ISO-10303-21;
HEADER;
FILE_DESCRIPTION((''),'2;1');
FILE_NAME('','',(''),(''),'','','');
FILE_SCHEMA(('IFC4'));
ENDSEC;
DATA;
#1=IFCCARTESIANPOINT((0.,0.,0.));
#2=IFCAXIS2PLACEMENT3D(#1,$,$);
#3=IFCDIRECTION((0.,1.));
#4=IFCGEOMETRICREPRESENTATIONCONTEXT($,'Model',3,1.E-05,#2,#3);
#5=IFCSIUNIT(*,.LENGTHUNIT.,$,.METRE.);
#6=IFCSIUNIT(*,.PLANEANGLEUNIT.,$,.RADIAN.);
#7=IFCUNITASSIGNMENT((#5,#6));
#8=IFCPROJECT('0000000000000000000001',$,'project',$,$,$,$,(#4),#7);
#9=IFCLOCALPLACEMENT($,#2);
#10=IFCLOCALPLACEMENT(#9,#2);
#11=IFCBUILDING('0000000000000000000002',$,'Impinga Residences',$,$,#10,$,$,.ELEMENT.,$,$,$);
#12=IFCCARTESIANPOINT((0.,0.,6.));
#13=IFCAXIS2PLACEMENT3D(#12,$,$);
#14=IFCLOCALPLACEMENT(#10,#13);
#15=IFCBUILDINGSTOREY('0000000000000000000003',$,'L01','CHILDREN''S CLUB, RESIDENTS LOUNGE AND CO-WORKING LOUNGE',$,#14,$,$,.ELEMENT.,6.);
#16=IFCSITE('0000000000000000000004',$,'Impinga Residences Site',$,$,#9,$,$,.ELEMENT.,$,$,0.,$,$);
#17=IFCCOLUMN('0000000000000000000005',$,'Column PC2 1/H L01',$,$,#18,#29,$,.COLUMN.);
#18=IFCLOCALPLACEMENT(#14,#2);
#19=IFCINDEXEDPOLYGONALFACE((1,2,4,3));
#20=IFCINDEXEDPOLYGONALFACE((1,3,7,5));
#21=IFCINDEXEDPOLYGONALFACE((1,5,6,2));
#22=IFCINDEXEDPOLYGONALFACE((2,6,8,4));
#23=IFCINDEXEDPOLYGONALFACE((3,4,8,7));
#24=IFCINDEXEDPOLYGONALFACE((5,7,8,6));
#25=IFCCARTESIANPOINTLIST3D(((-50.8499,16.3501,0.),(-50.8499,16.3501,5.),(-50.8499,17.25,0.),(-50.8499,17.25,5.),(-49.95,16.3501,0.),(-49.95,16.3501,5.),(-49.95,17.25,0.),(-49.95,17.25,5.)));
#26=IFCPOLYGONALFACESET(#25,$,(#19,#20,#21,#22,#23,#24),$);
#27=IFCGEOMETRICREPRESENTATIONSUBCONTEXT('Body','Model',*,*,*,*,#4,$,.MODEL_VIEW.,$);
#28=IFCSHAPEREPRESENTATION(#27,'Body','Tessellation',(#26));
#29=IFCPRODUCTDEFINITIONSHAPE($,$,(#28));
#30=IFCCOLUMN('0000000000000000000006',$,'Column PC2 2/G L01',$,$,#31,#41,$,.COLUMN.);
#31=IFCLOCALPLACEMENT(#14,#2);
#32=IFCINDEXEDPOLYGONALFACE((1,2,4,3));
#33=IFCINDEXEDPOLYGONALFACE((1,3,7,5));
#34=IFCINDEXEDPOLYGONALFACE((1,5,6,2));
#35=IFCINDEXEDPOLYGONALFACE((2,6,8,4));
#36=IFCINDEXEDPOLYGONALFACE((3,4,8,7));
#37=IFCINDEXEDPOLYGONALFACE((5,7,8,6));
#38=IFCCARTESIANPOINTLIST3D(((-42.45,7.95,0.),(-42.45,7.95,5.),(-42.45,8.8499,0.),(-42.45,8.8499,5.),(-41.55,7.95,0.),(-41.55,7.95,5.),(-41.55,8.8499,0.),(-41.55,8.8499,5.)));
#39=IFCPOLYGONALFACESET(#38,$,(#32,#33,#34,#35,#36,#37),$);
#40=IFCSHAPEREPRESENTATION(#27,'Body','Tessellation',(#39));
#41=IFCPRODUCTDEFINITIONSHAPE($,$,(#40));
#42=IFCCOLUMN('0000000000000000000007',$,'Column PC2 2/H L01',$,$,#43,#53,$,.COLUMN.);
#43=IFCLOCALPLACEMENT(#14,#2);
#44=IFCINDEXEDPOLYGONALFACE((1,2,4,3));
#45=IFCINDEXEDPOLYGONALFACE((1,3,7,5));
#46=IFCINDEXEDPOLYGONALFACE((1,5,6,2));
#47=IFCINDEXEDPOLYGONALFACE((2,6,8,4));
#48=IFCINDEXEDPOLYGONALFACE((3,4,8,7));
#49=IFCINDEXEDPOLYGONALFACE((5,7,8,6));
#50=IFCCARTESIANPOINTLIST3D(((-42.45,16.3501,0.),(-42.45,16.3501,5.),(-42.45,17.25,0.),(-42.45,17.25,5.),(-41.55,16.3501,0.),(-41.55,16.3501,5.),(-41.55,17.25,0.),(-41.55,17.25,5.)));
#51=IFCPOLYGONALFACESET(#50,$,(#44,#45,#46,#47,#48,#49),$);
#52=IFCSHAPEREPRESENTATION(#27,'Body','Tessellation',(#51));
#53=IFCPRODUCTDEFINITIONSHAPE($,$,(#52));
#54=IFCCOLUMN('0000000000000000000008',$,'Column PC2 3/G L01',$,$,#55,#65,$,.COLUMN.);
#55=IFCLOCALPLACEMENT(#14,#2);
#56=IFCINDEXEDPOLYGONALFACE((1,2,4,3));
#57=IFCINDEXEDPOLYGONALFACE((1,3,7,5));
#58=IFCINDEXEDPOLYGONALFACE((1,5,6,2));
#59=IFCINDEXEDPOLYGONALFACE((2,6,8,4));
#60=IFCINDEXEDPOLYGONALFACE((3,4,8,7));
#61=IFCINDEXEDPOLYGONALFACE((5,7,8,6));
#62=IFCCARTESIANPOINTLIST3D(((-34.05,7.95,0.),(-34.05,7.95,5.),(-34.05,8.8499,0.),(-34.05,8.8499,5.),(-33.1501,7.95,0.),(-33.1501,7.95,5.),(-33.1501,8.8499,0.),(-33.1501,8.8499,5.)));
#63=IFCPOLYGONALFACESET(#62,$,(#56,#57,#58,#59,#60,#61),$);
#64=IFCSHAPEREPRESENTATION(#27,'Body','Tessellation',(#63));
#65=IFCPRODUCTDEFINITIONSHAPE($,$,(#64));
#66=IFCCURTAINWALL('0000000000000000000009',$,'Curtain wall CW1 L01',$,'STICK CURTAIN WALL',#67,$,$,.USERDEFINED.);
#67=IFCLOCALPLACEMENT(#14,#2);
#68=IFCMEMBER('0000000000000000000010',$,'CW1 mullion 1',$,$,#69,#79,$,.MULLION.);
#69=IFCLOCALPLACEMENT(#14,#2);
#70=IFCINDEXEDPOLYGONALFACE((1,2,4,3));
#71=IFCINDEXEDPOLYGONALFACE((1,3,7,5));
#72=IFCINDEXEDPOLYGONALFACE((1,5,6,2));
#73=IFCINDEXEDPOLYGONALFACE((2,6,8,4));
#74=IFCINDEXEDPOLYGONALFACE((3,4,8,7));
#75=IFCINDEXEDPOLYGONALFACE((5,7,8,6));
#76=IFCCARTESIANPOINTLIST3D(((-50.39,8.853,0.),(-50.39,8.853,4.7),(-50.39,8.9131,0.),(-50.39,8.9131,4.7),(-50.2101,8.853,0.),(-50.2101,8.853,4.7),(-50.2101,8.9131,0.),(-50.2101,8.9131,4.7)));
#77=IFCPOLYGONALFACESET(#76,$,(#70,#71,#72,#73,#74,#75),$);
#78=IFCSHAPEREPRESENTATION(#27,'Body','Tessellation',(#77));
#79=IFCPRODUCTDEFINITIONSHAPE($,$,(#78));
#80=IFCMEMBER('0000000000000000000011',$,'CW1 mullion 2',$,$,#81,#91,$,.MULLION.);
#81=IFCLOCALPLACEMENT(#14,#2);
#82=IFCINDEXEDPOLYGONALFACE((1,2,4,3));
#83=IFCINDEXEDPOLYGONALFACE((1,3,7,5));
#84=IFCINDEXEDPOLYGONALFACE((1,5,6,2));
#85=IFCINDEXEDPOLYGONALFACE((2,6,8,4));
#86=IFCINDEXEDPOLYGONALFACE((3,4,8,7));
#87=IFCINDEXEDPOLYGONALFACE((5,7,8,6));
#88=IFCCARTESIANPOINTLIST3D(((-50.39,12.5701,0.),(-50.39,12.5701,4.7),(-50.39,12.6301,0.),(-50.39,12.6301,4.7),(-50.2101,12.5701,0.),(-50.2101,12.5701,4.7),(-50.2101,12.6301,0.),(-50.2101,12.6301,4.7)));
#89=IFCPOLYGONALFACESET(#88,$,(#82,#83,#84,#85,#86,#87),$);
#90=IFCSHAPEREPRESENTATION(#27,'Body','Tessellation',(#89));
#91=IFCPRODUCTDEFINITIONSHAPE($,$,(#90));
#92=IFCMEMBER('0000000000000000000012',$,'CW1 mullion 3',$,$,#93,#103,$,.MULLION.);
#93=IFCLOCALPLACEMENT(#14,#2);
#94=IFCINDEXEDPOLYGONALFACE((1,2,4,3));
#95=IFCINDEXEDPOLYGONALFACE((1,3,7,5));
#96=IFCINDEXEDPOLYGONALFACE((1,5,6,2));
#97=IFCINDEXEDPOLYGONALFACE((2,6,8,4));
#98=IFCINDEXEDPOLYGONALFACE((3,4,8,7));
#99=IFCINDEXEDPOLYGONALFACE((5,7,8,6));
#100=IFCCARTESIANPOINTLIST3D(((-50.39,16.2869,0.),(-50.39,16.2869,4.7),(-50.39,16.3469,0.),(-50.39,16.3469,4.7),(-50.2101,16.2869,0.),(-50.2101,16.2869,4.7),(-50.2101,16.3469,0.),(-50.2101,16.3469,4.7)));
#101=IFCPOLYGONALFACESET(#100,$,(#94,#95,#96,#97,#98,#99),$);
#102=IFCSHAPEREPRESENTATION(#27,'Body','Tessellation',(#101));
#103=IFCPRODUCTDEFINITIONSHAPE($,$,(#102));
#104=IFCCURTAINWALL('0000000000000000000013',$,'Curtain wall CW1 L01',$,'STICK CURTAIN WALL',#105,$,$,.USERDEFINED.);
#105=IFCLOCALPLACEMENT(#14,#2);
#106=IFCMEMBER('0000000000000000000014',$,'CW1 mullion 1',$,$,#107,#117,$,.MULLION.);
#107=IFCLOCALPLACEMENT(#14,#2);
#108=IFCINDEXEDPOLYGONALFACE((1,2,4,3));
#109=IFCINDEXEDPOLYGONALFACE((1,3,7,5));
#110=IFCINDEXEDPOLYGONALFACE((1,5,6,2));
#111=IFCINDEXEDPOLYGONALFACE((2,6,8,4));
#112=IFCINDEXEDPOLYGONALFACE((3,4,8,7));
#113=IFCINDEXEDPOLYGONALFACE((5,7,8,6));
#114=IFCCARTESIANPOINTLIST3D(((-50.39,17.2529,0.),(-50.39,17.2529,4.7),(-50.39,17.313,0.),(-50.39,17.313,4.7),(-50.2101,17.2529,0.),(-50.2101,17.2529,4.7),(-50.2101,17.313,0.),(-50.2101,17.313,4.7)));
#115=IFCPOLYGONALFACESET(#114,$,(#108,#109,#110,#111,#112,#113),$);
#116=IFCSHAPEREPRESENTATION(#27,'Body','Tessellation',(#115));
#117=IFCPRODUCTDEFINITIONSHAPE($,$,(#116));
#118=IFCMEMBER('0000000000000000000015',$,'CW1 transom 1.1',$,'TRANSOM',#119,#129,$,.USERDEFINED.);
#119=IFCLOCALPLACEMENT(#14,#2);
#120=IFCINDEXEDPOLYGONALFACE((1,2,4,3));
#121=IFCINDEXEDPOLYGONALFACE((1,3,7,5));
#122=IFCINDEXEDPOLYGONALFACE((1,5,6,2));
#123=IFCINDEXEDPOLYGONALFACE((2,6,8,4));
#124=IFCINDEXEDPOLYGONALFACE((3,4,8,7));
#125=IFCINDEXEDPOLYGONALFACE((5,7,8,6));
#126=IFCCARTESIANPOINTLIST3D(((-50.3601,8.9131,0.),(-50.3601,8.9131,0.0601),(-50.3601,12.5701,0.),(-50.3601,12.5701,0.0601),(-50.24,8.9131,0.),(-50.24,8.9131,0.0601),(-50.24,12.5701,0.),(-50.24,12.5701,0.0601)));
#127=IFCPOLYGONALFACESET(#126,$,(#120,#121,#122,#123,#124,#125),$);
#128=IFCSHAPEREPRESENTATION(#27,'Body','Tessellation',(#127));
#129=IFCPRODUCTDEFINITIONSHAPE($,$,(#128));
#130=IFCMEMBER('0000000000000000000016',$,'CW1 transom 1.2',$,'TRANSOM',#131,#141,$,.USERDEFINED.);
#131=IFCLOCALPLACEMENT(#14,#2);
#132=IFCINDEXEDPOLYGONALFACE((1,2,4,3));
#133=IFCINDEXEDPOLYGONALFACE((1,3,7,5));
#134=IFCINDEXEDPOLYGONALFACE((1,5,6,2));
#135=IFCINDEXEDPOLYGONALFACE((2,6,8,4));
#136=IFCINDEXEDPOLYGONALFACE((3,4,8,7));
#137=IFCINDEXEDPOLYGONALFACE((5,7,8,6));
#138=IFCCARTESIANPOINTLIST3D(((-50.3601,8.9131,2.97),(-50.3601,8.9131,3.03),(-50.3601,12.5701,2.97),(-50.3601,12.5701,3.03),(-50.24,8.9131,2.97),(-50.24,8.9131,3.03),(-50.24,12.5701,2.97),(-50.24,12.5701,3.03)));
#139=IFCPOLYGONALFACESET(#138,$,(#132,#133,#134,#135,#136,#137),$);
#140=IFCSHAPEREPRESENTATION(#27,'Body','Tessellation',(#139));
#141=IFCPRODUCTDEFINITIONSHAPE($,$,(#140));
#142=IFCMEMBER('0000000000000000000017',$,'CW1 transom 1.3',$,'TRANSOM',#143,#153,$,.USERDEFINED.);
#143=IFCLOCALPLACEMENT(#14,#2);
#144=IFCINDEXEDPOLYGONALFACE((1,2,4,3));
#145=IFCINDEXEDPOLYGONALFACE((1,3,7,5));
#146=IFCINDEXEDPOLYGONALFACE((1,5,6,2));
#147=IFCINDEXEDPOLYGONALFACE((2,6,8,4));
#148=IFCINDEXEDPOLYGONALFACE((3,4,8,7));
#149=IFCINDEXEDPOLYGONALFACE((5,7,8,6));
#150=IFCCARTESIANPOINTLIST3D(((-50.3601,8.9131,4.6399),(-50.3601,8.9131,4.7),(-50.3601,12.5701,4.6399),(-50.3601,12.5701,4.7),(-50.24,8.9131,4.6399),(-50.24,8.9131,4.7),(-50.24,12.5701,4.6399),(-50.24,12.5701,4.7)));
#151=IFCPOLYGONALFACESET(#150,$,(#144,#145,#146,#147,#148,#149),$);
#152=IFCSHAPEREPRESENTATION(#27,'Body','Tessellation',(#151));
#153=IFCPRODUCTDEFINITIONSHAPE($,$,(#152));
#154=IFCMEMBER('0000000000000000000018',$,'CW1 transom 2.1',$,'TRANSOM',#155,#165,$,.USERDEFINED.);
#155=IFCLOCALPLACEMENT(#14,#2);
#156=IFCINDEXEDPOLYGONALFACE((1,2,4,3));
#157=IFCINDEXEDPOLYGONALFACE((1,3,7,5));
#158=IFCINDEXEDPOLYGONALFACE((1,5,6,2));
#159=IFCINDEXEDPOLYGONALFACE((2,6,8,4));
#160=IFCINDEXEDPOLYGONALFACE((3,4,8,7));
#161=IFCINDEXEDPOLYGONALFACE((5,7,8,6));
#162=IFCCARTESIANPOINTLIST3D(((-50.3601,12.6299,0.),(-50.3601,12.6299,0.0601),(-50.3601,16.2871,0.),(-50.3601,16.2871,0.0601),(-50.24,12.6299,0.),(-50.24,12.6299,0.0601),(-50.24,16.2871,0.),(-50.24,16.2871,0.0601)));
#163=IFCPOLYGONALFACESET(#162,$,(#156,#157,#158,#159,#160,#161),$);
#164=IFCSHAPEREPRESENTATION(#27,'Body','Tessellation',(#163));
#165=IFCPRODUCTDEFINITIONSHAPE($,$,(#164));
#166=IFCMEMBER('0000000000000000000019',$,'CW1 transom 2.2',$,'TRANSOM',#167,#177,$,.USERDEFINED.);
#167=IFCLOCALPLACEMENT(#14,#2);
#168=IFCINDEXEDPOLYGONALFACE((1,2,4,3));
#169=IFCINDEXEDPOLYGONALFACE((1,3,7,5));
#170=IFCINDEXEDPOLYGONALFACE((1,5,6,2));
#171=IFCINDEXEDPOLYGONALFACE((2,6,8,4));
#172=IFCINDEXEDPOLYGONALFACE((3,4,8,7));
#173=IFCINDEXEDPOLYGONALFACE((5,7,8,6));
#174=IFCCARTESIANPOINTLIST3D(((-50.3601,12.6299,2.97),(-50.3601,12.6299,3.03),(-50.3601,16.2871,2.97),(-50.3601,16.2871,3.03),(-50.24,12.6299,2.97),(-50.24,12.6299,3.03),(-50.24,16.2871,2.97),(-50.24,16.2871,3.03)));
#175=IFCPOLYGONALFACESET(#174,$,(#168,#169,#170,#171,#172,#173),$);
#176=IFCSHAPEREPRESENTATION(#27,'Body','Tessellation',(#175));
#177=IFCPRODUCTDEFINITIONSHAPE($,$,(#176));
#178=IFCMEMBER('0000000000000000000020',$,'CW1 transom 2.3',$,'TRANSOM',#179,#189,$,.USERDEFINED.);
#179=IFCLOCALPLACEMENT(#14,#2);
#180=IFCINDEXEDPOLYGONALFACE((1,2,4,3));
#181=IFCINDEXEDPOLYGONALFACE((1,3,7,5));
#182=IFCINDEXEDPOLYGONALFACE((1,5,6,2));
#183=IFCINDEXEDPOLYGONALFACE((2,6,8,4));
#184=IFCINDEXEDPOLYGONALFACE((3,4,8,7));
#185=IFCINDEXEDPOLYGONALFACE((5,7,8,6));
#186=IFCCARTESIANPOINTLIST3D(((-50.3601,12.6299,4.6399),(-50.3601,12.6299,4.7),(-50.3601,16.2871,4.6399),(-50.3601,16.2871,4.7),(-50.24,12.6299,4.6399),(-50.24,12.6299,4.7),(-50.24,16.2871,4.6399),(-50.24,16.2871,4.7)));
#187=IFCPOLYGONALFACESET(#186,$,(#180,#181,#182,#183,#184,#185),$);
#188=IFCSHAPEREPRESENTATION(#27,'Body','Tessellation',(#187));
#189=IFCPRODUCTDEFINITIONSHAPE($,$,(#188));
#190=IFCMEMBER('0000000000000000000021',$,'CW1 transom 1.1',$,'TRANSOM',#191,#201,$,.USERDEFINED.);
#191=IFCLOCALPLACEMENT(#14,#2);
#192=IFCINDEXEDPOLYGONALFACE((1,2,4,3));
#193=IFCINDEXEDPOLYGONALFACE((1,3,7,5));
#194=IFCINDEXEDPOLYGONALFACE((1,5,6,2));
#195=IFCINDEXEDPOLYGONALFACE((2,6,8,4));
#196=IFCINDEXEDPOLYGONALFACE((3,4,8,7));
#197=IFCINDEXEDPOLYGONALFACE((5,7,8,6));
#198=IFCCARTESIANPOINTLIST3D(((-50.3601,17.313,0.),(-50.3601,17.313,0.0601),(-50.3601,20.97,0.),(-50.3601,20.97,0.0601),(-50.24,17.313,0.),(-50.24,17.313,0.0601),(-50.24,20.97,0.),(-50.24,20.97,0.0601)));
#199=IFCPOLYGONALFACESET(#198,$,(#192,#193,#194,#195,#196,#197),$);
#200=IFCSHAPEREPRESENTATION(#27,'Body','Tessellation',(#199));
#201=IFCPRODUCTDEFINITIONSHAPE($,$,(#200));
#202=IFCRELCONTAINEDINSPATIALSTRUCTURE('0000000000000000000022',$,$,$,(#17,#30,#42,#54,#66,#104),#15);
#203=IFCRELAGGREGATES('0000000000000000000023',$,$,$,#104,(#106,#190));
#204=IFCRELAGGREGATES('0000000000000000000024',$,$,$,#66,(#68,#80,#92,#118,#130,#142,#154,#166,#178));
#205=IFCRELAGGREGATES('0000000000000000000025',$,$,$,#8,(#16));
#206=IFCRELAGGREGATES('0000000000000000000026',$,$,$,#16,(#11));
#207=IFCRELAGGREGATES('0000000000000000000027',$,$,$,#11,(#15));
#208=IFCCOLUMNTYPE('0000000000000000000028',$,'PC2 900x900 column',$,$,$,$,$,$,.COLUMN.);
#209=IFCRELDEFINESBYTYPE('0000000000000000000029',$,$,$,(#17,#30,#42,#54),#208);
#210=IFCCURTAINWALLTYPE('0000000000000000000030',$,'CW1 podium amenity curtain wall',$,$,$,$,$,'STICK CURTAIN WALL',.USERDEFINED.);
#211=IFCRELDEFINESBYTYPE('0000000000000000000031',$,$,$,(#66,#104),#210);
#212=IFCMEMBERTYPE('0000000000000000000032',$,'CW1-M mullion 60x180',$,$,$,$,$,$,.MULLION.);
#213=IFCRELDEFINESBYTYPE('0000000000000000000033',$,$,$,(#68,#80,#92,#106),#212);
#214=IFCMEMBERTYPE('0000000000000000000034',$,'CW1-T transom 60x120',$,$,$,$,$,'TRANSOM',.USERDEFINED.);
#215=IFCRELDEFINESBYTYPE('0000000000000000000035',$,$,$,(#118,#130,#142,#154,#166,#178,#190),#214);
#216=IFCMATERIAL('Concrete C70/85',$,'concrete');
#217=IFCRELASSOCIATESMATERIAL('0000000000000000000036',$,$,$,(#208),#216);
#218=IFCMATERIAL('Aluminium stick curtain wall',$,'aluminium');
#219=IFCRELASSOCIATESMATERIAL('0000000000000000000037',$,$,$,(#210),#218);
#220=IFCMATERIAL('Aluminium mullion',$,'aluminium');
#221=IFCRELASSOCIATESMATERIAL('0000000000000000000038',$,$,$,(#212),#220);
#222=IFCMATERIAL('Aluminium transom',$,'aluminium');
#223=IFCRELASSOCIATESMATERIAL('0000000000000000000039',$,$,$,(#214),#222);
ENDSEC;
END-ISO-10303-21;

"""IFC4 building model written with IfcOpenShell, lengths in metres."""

from ifc_helpers import new_model, si_unit, direction, frame, origin, origin_2d, place, context, subcontext, project, spatial, rectangle, extrude, material, material_profile, profile_set, type_object, element, aggregate, save


model = new_model("IFC4")

# Units and contexts
model_context = context("Model", 3, precision=1e-05, world=origin(), true_north=direction((0.0, 1.0)))
body_context = subcontext(model_context, "Body", "Model", "MODEL_VIEW")
ifc_project = project(units=[si_unit("LENGTHUNIT", "METRE"), si_unit("PLANEANGLEUNIT", "RADIAN")], contexts=[model_context])

# Site, building, storey
site_placement = place(None, origin())
site = spatial("IfcSite", under=ifc_project, at=site_placement, Name="Impinga Residences Site", CompositionType="ELEMENT", RefElevation=0.0)
building_placement = place(site_placement, origin())
building = spatial("IfcBuilding", under=site, at=building_placement, Name="Impinga Residences", CompositionType="ELEMENT")
storey_placement = place(building_placement, frame((0.0, 0.0, 6.0)))
storey = spatial("IfcBuildingStorey", under=building, at=storey_placement, Name="L01", Description="CHILDREN'S CLUB, RESIDENTS LOUNGE AND CO-WORKING LOUNGE", CompositionType="ELEMENT", Elevation=6.0)

# Columns
ifc_material_1 = material(Name="Concrete C70/85", Category="concrete")
ifc_material_profile_1 = material_profile(ifc_material_1, rectangle(XDim=0.8999, YDim=0.8999, at=origin_2d()), Name="RC 900x900")
ifc_profile_set_1 = profile_set([ifc_material_profile_1], Name="Concrete C70/85")
column_type = type_object("IfcColumnType", Name="PC2 900x900 column", PredefinedType="COLUMN", material=ifc_profile_set_1)
for number, where, z_axis, x_axis, name in (
    (1, (-50.3999, 16.8, 0.0), (0.0, 0.0, 1.0), (1.0, 0.0, 0.0), "Column PC2 1/H L01"),
    (2, (-42.0, 8.3999, 0.0), (0.0, 0.0, 1.0), (1.0, 0.0, 0.0), "Column PC2 2/G L01"),
    (3, (-42.0, 16.8, 0.0), (0.0, 0.0, 1.0), (1.0, 0.0, 0.0), "Column PC2 2/H L01"),
    (4, (-33.6001, 8.3999, 0.0), (0.0, 0.0, 1.0), (1.0, 0.0, 0.0), "Column PC2 3/G L01"),
):
    element("IfcColumn", number, at=place(storey_placement, frame(where, z_axis=z_axis, x_axis=x_axis)), inside=storey, type_object=column_type, Name=name, PredefinedType="COLUMN", context=body_context, shape_type="SweptSolid", body=[
        extrude(rectangle(XDim=0.8999, YDim=0.8999, at=origin_2d()), origin(), (0.0, 0.0, 1.0), 5.0),
    ])

# Curtain wall, members
ifc_material_2 = material(Name="Aluminium stick curtain wall", Category="aluminium")
curtain_wall_type = type_object("IfcCurtainWallType", Name="CW1 podium amenity curtain wall", ElementType="STICK CURTAIN WALL", PredefinedType="USERDEFINED", material=ifc_material_2)
curtain_wall_1_placement = place(storey_placement, origin())
curtain_wall_1 = element("IfcCurtainWall", 5, at=curtain_wall_1_placement, inside=storey, type_object=curtain_wall_type, Name="Curtain wall CW1 L01", ObjectType="STICK CURTAIN WALL", PredefinedType="USERDEFINED")
ifc_material_3 = material(Name="Aluminium mullion", Category="aluminium")
ifc_material_profile_2 = material_profile(ifc_material_3, rectangle(XDim=0.0601, YDim=0.1799, at=origin_2d()), Name="60x180 mullion")
ifc_profile_set_2 = profile_set([ifc_material_profile_2], Name="Aluminium mullion")
member_type_1 = type_object("IfcMemberType", Name="CW1-M mullion 60x180", PredefinedType="MULLION", material=ifc_profile_set_2)
member_1_placement = place(storey_placement, frame((-50.3, 8.8831, 0.0), z_axis=(0.0, 0.0, 1.0), x_axis=(0.0, 1.0, 0.0)))
member_1 = element("IfcMember", 6, at=member_1_placement, type_object=member_type_1, Name="CW1 mullion 1", PredefinedType="MULLION", context=body_context, shape_type="SweptSolid", body=[
    extrude(rectangle(XDim=0.0601, YDim=0.1799, at=origin_2d()), origin(), (0.0, 0.0, 1.0), 4.7),
])
member_2_placement = place(storey_placement, frame((-50.3, 12.6001, 0.0), z_axis=(0.0, 0.0, 1.0), x_axis=(0.0, 1.0, 0.0)))
member_2 = element("IfcMember", 7, at=member_2_placement, type_object=member_type_1, Name="CW1 mullion 2", PredefinedType="MULLION", context=body_context, shape_type="SweptSolid", body=[
    extrude(rectangle(XDim=0.0601, YDim=0.1799, at=origin_2d()), origin(), (0.0, 0.0, 1.0), 4.7),
])
member_3_placement = place(storey_placement, frame((-50.3, 16.3169, 0.0), z_axis=(0.0, 0.0, 1.0), x_axis=(0.0, 1.0, 0.0)))
member_3 = element("IfcMember", 8, at=member_3_placement, type_object=member_type_1, Name="CW1 mullion 3", PredefinedType="MULLION", context=body_context, shape_type="SweptSolid", body=[
    extrude(rectangle(XDim=0.0601, YDim=0.1799, at=origin_2d()), origin(), (0.0, 0.0, 1.0), 4.7),
])

# Curtain wall, member
curtain_wall_2_placement = place(storey_placement, origin())
curtain_wall_2 = element("IfcCurtainWall", 9, at=curtain_wall_2_placement, inside=storey, type_object=curtain_wall_type, Name="Curtain wall CW1 L01", ObjectType="STICK CURTAIN WALL", PredefinedType="USERDEFINED")
member_4_placement = place(storey_placement, frame((-50.3, 17.283, 0.0), z_axis=(0.0, 0.0, 1.0), x_axis=(0.0, 1.0, 0.0)))
member_4 = element("IfcMember", 10, at=member_4_placement, type_object=member_type_1, Name="CW1 mullion 1", PredefinedType="MULLION", context=body_context, shape_type="SweptSolid", body=[
    extrude(rectangle(XDim=0.0601, YDim=0.1799, at=origin_2d()), origin(), (0.0, 0.0, 1.0), 4.7),
])

# Members
ifc_material_4 = material(Name="Aluminium transom", Category="aluminium")
ifc_material_profile_3 = material_profile(ifc_material_4, rectangle(XDim=0.0601, YDim=0.1201, at=origin_2d()), Name="60x120 transom")
ifc_profile_set_3 = profile_set([ifc_material_profile_3], Name="Aluminium transom")
member_type_2 = type_object("IfcMemberType", Name="CW1-T transom 60x120", ElementType="TRANSOM", PredefinedType="USERDEFINED", material=ifc_profile_set_3)
member_5_placement = place(storey_placement, frame((-50.3, 8.9131, 0.03), z_axis=(0.0, 1.0, 0.0), x_axis=(0.0, 0.0, 1.0)))
member_5 = element("IfcMember", 11, at=member_5_placement, type_object=member_type_2, Name="CW1 transom 1.1", ObjectType="TRANSOM", PredefinedType="USERDEFINED", context=body_context, shape_type="SweptSolid", body=[
    extrude(rectangle(XDim=0.0601, YDim=0.1201, at=origin_2d()), origin(), (0.0, 0.0, 1.0), 3.657),
])
member_6_placement = place(storey_placement, frame((-50.3, 8.9131, 3.0), z_axis=(0.0, 1.0, 0.0), x_axis=(0.0, 0.0, 1.0)))
member_6 = element("IfcMember", 12, at=member_6_placement, type_object=member_type_2, Name="CW1 transom 1.2", ObjectType="TRANSOM", PredefinedType="USERDEFINED", context=body_context, shape_type="SweptSolid", body=[
    extrude(rectangle(XDim=0.0601, YDim=0.1201, at=origin_2d()), origin(), (0.0, 0.0, 1.0), 3.657),
])
member_7_placement = place(storey_placement, frame((-50.3, 8.9131, 4.6699), z_axis=(0.0, 1.0, 0.0), x_axis=(0.0, 0.0, 1.0)))
member_7 = element("IfcMember", 13, at=member_7_placement, type_object=member_type_2, Name="CW1 transom 1.3", ObjectType="TRANSOM", PredefinedType="USERDEFINED", context=body_context, shape_type="SweptSolid", body=[
    extrude(rectangle(XDim=0.0601, YDim=0.1201, at=origin_2d()), origin(), (0.0, 0.0, 1.0), 3.657),
])
member_8_placement = place(storey_placement, frame((-50.3, 12.6299, 0.03), z_axis=(0.0, 1.0, 0.0), x_axis=(0.0, 0.0, 1.0)))
member_8 = element("IfcMember", 14, at=member_8_placement, type_object=member_type_2, Name="CW1 transom 2.1", ObjectType="TRANSOM", PredefinedType="USERDEFINED", context=body_context, shape_type="SweptSolid", body=[
    extrude(rectangle(XDim=0.0601, YDim=0.1201, at=origin_2d()), origin(), (0.0, 0.0, 1.0), 3.6572),
])
member_9_placement = place(storey_placement, frame((-50.3, 12.6299, 3.0), z_axis=(0.0, 1.0, 0.0), x_axis=(0.0, 0.0, 1.0)))
member_9 = element("IfcMember", 15, at=member_9_placement, type_object=member_type_2, Name="CW1 transom 2.2", ObjectType="TRANSOM", PredefinedType="USERDEFINED", context=body_context, shape_type="SweptSolid", body=[
    extrude(rectangle(XDim=0.0601, YDim=0.1201, at=origin_2d()), origin(), (0.0, 0.0, 1.0), 3.6572),
])
member_10_placement = place(storey_placement, frame((-50.3, 12.6299, 4.6699), z_axis=(0.0, 1.0, 0.0), x_axis=(0.0, 0.0, 1.0)))
member_10 = element("IfcMember", 16, at=member_10_placement, type_object=member_type_2, Name="CW1 transom 2.3", ObjectType="TRANSOM", PredefinedType="USERDEFINED", context=body_context, shape_type="SweptSolid", body=[
    extrude(rectangle(XDim=0.0601, YDim=0.1201, at=origin_2d()), origin(), (0.0, 0.0, 1.0), 3.6572),
])
member_11_placement = place(storey_placement, frame((-50.3, 17.313, 0.03), z_axis=(0.0, 1.0, 0.0), x_axis=(0.0, 0.0, 1.0)))
member_11 = element("IfcMember", 17, at=member_11_placement, type_object=member_type_2, Name="CW1 transom 1.1", ObjectType="TRANSOM", PredefinedType="USERDEFINED", context=body_context, shape_type="SweptSolid", body=[
    extrude(rectangle(XDim=0.0601, YDim=0.1201, at=origin_2d()), origin(), (0.0, 0.0, 1.0), 3.657),
])
aggregate(curtain_wall_2, [member_4, member_11])

aggregate(curtain_wall_1, [member_1, member_2, member_3, member_5, member_6, member_7, member_8, member_9, member_10])

save(model, "model.ifc")
